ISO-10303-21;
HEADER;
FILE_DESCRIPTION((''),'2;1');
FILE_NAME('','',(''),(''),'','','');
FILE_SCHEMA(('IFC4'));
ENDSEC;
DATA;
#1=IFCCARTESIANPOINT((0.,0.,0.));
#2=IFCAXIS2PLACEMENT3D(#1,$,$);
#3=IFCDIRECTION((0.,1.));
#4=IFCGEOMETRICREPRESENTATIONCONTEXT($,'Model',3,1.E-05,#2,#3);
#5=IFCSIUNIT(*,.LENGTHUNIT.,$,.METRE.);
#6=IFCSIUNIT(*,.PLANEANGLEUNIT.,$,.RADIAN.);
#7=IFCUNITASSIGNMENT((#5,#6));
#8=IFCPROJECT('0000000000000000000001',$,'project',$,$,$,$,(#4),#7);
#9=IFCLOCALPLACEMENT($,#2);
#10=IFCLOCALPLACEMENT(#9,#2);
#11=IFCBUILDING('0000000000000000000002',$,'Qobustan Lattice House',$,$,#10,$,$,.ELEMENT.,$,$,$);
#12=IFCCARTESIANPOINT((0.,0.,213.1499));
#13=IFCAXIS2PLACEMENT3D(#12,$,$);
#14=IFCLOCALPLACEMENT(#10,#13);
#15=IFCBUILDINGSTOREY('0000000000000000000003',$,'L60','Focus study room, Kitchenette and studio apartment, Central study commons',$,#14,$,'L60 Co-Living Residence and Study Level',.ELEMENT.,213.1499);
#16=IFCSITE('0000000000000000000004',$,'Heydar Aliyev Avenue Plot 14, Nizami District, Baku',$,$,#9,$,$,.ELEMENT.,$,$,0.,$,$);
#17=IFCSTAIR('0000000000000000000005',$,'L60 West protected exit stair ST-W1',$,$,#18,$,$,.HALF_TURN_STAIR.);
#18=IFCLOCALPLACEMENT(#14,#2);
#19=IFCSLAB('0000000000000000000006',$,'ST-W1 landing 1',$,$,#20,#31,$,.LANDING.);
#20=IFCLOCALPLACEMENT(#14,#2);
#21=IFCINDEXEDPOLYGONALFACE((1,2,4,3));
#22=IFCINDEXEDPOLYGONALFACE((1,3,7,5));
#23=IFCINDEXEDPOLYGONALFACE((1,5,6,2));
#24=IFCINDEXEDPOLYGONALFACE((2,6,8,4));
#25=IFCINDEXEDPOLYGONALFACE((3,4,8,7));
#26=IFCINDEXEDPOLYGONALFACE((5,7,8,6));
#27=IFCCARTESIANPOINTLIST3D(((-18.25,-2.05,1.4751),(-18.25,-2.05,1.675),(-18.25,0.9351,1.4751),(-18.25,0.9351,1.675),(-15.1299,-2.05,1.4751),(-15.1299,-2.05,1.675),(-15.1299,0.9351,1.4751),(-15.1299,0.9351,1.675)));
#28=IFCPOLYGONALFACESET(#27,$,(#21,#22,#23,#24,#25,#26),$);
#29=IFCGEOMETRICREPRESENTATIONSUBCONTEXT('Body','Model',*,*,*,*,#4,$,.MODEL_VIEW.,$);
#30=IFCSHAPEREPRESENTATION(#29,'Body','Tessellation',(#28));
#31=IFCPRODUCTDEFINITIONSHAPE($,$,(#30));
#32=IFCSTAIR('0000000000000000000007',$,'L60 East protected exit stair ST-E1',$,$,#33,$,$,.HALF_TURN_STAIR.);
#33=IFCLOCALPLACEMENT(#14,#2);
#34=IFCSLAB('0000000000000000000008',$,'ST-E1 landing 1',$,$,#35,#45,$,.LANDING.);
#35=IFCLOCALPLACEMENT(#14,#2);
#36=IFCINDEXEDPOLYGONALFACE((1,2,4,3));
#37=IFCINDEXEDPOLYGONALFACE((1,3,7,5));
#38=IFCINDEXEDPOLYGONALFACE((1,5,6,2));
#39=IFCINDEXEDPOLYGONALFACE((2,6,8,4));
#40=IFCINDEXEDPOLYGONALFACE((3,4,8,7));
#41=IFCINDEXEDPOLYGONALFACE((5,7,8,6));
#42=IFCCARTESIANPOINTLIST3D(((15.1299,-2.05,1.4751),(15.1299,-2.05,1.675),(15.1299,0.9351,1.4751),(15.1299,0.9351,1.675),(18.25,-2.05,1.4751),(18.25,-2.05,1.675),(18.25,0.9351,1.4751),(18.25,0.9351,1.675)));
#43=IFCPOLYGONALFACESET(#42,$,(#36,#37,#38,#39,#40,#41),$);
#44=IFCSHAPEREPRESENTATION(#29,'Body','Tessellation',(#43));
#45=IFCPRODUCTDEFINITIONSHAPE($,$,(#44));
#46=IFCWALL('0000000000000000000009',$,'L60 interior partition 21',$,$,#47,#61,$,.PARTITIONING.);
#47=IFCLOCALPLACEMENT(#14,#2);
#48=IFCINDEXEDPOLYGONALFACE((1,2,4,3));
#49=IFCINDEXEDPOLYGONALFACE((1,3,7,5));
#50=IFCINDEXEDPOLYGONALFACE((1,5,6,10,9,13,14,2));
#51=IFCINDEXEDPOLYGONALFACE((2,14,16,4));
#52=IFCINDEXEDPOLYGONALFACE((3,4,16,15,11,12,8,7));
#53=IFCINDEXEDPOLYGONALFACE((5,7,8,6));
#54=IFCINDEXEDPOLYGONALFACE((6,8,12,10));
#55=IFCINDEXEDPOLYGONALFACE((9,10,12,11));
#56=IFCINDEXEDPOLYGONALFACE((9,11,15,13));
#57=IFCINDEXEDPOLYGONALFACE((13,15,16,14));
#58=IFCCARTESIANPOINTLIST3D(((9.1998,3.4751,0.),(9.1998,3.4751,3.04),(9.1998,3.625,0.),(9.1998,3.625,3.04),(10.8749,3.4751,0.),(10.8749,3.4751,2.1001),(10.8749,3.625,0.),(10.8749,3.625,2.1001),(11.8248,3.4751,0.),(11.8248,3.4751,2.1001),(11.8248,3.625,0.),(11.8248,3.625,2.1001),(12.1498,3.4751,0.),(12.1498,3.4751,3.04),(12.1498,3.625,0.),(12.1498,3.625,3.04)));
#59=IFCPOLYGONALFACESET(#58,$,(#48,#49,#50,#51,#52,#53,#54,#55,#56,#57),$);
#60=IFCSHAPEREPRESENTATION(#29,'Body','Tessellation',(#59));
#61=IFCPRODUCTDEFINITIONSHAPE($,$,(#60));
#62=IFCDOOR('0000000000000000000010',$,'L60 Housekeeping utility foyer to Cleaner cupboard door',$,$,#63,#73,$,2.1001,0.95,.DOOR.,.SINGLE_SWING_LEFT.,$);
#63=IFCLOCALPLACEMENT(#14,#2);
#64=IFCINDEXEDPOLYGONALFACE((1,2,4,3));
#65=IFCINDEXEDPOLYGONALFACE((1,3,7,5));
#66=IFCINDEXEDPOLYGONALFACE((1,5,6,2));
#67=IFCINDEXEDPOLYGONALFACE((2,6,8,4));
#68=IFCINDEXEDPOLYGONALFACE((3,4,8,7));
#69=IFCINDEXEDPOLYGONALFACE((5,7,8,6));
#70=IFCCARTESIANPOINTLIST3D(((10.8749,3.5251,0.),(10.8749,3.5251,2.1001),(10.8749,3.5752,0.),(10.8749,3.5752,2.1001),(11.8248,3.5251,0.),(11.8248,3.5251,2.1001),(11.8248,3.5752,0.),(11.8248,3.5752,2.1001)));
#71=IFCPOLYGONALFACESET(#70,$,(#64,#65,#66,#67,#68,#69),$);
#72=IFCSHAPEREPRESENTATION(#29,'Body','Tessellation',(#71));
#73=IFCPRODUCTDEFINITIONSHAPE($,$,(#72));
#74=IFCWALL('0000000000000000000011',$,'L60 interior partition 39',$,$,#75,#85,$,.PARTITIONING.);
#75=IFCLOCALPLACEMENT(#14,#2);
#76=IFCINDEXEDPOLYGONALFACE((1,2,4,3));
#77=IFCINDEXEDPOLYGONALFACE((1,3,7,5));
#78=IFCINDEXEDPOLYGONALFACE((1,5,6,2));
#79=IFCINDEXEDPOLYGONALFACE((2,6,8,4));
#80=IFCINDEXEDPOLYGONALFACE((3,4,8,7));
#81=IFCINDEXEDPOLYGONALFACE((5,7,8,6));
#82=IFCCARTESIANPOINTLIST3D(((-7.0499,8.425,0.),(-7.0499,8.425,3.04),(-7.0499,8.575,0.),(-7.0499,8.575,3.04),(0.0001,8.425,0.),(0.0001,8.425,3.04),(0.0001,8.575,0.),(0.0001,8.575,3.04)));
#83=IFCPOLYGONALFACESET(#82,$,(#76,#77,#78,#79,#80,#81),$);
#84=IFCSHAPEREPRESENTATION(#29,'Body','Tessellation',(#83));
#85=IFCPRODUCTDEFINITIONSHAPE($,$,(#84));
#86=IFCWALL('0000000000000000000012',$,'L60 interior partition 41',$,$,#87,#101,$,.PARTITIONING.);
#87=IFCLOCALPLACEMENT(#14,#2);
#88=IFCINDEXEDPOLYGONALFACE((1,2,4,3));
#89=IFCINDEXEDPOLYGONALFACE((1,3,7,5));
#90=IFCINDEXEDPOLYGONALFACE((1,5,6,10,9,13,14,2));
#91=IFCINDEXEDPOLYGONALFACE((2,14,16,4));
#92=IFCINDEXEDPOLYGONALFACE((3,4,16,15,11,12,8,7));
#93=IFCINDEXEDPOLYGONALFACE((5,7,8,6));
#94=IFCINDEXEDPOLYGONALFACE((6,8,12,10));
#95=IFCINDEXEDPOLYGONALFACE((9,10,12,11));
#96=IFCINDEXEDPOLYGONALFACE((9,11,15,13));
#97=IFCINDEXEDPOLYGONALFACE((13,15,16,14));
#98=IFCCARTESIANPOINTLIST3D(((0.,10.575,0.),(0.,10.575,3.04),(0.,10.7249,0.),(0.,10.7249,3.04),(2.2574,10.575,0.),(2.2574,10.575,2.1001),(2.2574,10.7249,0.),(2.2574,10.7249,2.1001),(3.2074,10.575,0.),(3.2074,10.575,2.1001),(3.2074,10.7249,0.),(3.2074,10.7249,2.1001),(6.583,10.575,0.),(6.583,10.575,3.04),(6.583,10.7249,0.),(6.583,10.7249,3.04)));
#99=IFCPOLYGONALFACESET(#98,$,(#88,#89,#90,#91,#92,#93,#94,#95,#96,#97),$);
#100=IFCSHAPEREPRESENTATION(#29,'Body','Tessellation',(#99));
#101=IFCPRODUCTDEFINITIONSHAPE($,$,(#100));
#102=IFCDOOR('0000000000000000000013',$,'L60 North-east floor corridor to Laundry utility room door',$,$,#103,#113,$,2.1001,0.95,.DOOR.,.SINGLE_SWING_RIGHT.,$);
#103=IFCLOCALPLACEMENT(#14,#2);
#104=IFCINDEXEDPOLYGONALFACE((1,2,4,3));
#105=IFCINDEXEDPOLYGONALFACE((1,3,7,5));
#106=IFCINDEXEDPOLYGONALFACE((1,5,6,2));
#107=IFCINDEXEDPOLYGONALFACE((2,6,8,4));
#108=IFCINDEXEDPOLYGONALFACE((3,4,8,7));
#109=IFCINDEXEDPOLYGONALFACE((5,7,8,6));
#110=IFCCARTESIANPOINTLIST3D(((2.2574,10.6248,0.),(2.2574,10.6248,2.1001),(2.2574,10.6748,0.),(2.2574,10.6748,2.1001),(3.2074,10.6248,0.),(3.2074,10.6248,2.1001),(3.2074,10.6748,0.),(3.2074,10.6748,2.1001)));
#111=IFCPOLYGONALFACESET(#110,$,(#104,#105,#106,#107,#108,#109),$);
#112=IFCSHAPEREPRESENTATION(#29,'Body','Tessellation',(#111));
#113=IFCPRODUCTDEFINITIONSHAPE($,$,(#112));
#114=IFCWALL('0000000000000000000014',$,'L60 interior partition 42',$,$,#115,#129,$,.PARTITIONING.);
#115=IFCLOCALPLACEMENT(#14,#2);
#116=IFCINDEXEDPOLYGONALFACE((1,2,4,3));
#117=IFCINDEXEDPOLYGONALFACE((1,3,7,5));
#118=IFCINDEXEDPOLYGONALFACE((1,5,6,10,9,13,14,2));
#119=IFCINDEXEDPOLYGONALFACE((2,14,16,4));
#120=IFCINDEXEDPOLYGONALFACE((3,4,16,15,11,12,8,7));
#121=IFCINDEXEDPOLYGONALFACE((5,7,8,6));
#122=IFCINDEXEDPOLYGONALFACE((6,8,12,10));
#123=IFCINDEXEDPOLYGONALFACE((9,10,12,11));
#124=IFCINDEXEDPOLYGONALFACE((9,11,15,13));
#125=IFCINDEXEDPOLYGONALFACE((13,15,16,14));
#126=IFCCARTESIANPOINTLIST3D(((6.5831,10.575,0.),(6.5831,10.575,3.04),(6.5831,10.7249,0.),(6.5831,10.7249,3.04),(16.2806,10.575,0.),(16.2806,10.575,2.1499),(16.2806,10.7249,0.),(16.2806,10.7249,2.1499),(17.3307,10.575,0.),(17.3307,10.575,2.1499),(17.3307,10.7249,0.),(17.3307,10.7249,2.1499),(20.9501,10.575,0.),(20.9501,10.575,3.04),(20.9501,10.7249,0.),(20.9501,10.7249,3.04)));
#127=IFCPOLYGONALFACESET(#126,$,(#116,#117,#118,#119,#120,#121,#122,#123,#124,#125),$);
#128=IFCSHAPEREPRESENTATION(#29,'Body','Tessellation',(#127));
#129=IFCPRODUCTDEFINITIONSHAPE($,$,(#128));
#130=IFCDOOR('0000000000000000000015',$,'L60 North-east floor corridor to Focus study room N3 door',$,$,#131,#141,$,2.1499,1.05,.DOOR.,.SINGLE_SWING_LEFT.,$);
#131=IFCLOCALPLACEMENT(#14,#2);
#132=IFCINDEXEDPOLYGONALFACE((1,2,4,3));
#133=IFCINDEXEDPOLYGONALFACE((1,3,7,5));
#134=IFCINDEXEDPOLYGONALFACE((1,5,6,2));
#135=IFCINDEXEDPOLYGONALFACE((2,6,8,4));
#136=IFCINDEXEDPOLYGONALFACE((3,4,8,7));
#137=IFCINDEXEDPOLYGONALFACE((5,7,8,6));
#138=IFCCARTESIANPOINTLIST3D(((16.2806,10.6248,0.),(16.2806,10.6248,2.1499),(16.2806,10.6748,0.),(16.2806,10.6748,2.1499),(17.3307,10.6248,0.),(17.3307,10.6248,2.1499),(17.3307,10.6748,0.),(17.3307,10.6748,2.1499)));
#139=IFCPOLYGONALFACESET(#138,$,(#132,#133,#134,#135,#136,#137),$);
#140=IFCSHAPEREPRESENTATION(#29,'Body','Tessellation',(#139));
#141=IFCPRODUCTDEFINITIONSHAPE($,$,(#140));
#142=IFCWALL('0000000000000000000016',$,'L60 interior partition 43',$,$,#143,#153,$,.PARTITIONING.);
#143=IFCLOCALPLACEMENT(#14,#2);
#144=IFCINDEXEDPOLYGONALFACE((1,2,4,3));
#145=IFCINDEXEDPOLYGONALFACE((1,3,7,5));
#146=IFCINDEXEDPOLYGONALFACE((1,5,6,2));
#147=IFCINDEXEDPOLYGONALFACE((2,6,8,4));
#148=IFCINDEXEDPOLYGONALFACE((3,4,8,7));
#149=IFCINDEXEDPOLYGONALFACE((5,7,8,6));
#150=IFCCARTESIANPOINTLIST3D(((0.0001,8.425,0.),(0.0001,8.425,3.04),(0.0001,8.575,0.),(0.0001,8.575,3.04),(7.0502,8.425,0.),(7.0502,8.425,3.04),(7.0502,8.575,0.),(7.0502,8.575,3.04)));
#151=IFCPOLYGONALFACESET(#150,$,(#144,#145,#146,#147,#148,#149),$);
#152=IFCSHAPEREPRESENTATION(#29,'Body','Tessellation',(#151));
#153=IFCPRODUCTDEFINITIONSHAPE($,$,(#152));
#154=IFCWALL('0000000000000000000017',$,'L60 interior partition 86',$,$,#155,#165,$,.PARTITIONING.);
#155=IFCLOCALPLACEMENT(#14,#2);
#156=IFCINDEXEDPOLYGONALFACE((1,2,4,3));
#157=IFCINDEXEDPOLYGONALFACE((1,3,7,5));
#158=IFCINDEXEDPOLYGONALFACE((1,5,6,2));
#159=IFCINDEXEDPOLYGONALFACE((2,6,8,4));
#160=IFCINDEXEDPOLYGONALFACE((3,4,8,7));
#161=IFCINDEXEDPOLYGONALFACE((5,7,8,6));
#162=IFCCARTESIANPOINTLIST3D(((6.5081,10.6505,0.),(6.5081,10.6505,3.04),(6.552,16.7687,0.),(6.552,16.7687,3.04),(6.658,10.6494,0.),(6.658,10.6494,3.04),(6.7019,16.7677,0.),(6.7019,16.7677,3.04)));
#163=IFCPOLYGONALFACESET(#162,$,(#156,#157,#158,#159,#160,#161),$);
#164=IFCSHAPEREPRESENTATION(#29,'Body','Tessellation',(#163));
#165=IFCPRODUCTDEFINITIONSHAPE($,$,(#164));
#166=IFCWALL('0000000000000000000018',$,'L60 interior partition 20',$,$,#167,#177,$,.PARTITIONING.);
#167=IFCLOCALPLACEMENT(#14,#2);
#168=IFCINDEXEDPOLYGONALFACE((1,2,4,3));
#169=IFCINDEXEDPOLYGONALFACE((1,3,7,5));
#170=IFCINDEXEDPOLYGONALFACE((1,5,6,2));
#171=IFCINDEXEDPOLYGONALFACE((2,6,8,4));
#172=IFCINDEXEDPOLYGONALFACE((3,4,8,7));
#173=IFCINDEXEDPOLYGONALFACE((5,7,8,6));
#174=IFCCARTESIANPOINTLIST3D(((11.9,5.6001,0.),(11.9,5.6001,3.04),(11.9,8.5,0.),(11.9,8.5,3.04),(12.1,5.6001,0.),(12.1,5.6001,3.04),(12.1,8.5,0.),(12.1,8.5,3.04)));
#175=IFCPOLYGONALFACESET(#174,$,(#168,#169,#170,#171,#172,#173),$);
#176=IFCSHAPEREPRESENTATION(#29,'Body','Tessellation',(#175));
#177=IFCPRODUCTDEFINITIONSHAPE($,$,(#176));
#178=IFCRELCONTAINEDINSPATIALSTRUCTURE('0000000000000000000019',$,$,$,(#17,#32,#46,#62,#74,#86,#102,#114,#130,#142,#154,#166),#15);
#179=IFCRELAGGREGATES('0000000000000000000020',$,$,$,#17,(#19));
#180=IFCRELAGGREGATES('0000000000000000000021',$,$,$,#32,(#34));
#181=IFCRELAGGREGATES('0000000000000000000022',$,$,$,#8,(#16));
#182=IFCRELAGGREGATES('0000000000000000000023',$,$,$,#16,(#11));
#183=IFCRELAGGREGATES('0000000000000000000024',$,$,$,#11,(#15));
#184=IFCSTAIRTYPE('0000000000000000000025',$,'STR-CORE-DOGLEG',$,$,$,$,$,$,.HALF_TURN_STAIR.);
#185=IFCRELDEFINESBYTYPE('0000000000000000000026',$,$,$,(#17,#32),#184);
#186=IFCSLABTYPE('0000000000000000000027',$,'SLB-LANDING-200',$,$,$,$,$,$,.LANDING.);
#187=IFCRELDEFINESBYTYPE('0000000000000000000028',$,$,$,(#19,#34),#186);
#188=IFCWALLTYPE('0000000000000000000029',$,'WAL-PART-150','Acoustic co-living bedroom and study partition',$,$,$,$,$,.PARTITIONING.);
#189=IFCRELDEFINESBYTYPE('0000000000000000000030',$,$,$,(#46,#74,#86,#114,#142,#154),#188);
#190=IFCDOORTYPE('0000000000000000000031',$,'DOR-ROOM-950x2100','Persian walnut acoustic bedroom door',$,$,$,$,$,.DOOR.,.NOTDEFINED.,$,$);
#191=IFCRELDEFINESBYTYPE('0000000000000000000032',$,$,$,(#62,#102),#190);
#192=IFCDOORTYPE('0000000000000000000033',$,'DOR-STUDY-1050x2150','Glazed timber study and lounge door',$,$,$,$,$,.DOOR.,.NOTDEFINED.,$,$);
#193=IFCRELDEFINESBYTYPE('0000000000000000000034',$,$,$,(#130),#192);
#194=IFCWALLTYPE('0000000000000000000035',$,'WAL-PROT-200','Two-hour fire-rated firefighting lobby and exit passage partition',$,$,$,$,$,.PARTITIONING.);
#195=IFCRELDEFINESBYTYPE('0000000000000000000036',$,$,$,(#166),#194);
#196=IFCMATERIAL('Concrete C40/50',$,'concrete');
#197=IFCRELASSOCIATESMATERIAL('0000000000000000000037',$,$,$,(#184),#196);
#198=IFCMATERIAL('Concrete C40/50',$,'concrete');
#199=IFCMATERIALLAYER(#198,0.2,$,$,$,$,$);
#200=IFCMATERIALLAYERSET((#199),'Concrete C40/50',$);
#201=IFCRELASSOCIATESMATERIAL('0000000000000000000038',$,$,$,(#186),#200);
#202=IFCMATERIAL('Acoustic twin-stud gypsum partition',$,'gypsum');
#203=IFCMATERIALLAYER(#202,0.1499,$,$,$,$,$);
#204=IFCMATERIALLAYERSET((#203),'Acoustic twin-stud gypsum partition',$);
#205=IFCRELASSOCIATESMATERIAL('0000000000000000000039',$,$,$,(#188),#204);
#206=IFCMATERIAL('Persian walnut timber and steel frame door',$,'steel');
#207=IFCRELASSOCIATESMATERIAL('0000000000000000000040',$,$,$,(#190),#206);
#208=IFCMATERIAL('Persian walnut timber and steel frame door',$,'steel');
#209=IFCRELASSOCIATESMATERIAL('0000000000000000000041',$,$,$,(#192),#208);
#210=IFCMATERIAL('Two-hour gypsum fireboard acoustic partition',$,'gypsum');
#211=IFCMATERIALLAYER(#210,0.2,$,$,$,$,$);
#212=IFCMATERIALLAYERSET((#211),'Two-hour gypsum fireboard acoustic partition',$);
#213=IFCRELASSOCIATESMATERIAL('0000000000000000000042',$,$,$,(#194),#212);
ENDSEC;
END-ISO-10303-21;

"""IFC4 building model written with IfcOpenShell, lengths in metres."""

from ifc_helpers import new_model, si_unit, direction, frame, frame_2d, origin, place, context, subcontext, project, spatial, polyline, rectangle, outline, extrude, material, layer, layer_set, type_object, element, fill, aggregate, save


model = new_model("IFC4")

# Units and contexts
model_context = context("Model", 3, precision=1e-05, world=origin(), true_north=direction((0.0, 1.0)))
body_context = subcontext(model_context, "Body", "Model", "MODEL_VIEW")
ifc_project = project(units=[si_unit("LENGTHUNIT", "METRE"), si_unit("PLANEANGLEUNIT", "RADIAN")], contexts=[model_context])

# Site, building, storey
site_placement = place(None, origin())
site = spatial("IfcSite", under=ifc_project, at=site_placement, Name="Heydar Aliyev Avenue Plot 14, Nizami District, Baku", CompositionType="ELEMENT", RefElevation=0.0)
building_placement = place(site_placement, origin())
building = spatial("IfcBuilding", under=site, at=building_placement, Name="Qobustan Lattice House", CompositionType="ELEMENT")
storey_placement = place(building_placement, frame((0.0, 0.0, 213.1499)))
storey = spatial("IfcBuildingStorey", under=building, at=storey_placement, Name="L60", Description="Focus study room, Kitchenette and studio apartment, Central study commons", LongName="L60 Co-Living Residence and Study Level", CompositionType="ELEMENT", Elevation=213.1499)

# Stairs, slabs
ifc_material_1 = material(Name="Concrete C40/50", Category="concrete")
stair_type = type_object("IfcStairType", Name="STR-CORE-DOGLEG", PredefinedType="HALF_TURN_STAIR", material=ifc_material_1)
stair_1_placement = place(storey_placement, origin())
stair_1 = element("IfcStair", 1, at=stair_1_placement, inside=storey, type_object=stair_type, Name="L60 West protected exit stair ST-W1", PredefinedType="HALF_TURN_STAIR")
ifc_material_2 = material(Name="Concrete C40/50", Category="concrete")
ifc_layer_1 = layer(ifc_material_2, 0.2)
ifc_layer_set_1 = layer_set([ifc_layer_1], Name="Concrete C40/50")
slab_type_1 = type_object("IfcSlabType", Name="SLB-LANDING-200", PredefinedType="LANDING", material=ifc_layer_set_1)
slab_1_placement = place(storey_placement, frame((0.0, 0.0, 1.4751)))
slab_1 = element("IfcSlab", 2, at=slab_1_placement, type_object=slab_type_1, Name="ST-W1 landing 1", PredefinedType="LANDING", context=body_context, shape_type="SweptSolid", body=[
    extrude(outline(polyline([(-18.25, 0.9351), (-18.25, -2.05), (-15.1299, -2.05), (-15.1299, 0.9351), (-18.25, 0.9351)])), origin(), (0.0, 0.0, 1.0), 0.2),
])
aggregate(stair_1, [slab_1])
stair_2_placement = place(storey_placement, origin())
stair_2 = element("IfcStair", 3, at=stair_2_placement, inside=storey, type_object=stair_type, Name="L60 East protected exit stair ST-E1", PredefinedType="HALF_TURN_STAIR")
slab_2_placement = place(storey_placement, frame((0.0, 0.0, 1.4751)))
slab_2 = element("IfcSlab", 4, at=slab_2_placement, type_object=slab_type_1, Name="ST-E1 landing 1", PredefinedType="LANDING", context=body_context, shape_type="SweptSolid", body=[
    extrude(outline(polyline([(15.1299, 0.9351), (15.1299, -2.05), (18.25, -2.05), (18.25, 0.9351), (15.1299, 0.9351)])), origin(), (0.0, 0.0, 1.0), 0.2),
])
aggregate(stair_2, [slab_2])

# Wall, opening, door
ifc_material_3 = material(Name="Acoustic twin-stud gypsum partition", Category="gypsum")
ifc_layer_2 = layer(ifc_material_3, 0.1499)
ifc_layer_set_2 = layer_set([ifc_layer_2], Name="Acoustic twin-stud gypsum partition")
wall_type_1 = type_object("IfcWallType", Name="WAL-PART-150", Description="Acoustic co-living bedroom and study partition", PredefinedType="PARTITIONING", material=ifc_layer_set_2)
wall_1_placement = place(storey_placement, frame((12.1499, 3.55, 0.0), z_axis=(0.0, 0.0, 1.0), x_axis=(-1.0, 0.0, 0.0)))
wall_1 = element("IfcWall", 5, at=wall_1_placement, inside=storey, type_object=wall_type_1, Name="L60 interior partition 21", PredefinedType="PARTITIONING", context=body_context, shape_type="SweptSolid", body=[
    extrude(rectangle(XDim=2.95, YDim=0.1499, at=frame_2d((1.4751, 0.0))), origin(), (0.0, 0.0, 1.0), 3.04),
])
opening_1_placement = place(wall_1_placement, frame((0.325, 0.0, 0.0)))
opening_1 = element("IfcOpeningElement", 6, at=opening_1_placement, cuts=wall_1, PredefinedType="OPENING", context=body_context, shape_type="SweptSolid", body=[
    extrude(rectangle(XDim=0.95, YDim=2.1001, at=frame_2d((0.4751, 1.05))), frame((0.0, 0.085, 0.0), z_axis=(0.0, -1.0, 0.0), x_axis=(1.0, 0.0, 0.0)), (0.0, 0.0, 1.0), 0.1699),
])
ifc_material_4 = material(Name="Persian walnut timber and steel frame door", Category="steel")
door_type_1 = type_object("IfcDoorType", Name="DOR-ROOM-950x2100", Description="Persian walnut acoustic bedroom door", OperationType="NOTDEFINED", PredefinedType="DOOR", material=ifc_material_4)
door_1_placement = place(opening_1_placement, origin())
door_1 = element("IfcDoor", 7, at=door_1_placement, inside=storey, type_object=door_type_1, Name="L60 Housekeeping utility foyer to Cleaner cupboard door", OperationType="SINGLE_SWING_LEFT", OverallHeight=2.1001, OverallWidth=0.95, PredefinedType="DOOR", context=body_context, shape_type="SweptSolid", body=[
    extrude(rectangle(XDim=0.95, YDim=2.1001, at=frame_2d((0.4751, 1.05))), frame((0.0, 0.0249, 0.0), z_axis=(0.0, -1.0, 0.0), x_axis=(1.0, 0.0, 0.0)), (0.0, 0.0, 1.0), 0.05),
])
fill(opening_1, door_1)

# Wall
wall_2_placement = place(storey_placement, frame((0.0, 8.5, 0.0), z_axis=(0.0, 0.0, 1.0), x_axis=(-1.0, 0.0, 0.0)))
element("IfcWall", 8, at=wall_2_placement, inside=storey, type_object=wall_type_1, Name="L60 interior partition 39", PredefinedType="PARTITIONING", context=body_context, shape_type="SweptSolid", body=[
    extrude(rectangle(XDim=7.05, YDim=0.1499, at=frame_2d((3.5249, 0.0))), origin(), (0.0, 0.0, 1.0), 3.04),
])

# Walls, openings, doors
wall_3_placement = place(storey_placement, frame((0.0, 10.6499, 0.0), z_axis=(0.0, 0.0, 1.0), x_axis=(1.0, 0.0, 0.0)))
wall_3 = element("IfcWall", 9, at=wall_3_placement, inside=storey, type_object=wall_type_1, Name="L60 interior partition 41", PredefinedType="PARTITIONING", context=body_context, shape_type="SweptSolid", body=[
    extrude(rectangle(XDim=6.583, YDim=0.1499, at=frame_2d((3.2915, 0.0))), origin(), (0.0, 0.0, 1.0), 3.04),
])
opening_2_placement = place(wall_3_placement, frame((2.2573, 0.0, 0.0)))
opening_2 = element("IfcOpeningElement", 10, at=opening_2_placement, cuts=wall_3, PredefinedType="OPENING", context=body_context, shape_type="SweptSolid", body=[
    extrude(rectangle(XDim=0.95, YDim=2.1001, at=frame_2d((0.4751, 1.05))), frame((0.0, 0.085, 0.0), z_axis=(0.0, -1.0, 0.0), x_axis=(1.0, 0.0, 0.0)), (0.0, 0.0, 1.0), 0.1699),
])
door_2_placement = place(opening_2_placement, origin())
door_2 = element("IfcDoor", 11, at=door_2_placement, inside=storey, type_object=door_type_1, Name="L60 North-east floor corridor to Laundry utility room door", OperationType="SINGLE_SWING_RIGHT", OverallHeight=2.1001, OverallWidth=0.95, PredefinedType="DOOR", context=body_context, shape_type="SweptSolid", body=[
    extrude(rectangle(XDim=0.95, YDim=2.1001, at=frame_2d((0.4751, 1.05))), frame((0.0, 0.0249, 0.0), z_axis=(0.0, -1.0, 0.0), x_axis=(1.0, 0.0, 0.0)), (0.0, 0.0, 1.0), 0.05),
])
fill(opening_2, door_2)
wall_4_placement = place(storey_placement, frame((6.583, 10.6499, 0.0), z_axis=(0.0, 0.0, 1.0), x_axis=(1.0, 0.0, 0.0)))
wall_4 = element("IfcWall", 12, at=wall_4_placement, inside=storey, type_object=wall_type_1, Name="L60 interior partition 42", PredefinedType="PARTITIONING", context=body_context, shape_type="SweptSolid", body=[
    extrude(rectangle(XDim=14.3669, YDim=0.1499, at=frame_2d((7.1836, 0.0))), origin(), (0.0, 0.0, 1.0), 3.04),
])
opening_3_placement = place(wall_4_placement, frame((9.6978, 0.0, 0.0)))
opening_3 = element("IfcOpeningElement", 13, at=opening_3_placement, cuts=wall_4, PredefinedType="OPENING", context=body_context, shape_type="SweptSolid", body=[
    extrude(rectangle(XDim=1.05, YDim=2.1499, at=frame_2d((0.5249, 1.075))), frame((0.0, 0.085, 0.0), z_axis=(0.0, -1.0, 0.0), x_axis=(1.0, 0.0, 0.0)), (0.0, 0.0, 1.0), 0.1699),
])
ifc_material_5 = material(Name="Persian walnut timber and steel frame door", Category="steel")
door_type_2 = type_object("IfcDoorType", Name="DOR-STUDY-1050x2150", Description="Glazed timber study and lounge door", OperationType="NOTDEFINED", PredefinedType="DOOR", material=ifc_material_5)
door_3_placement = place(opening_3_placement, origin())
door_3 = element("IfcDoor", 14, at=door_3_placement, inside=storey, type_object=door_type_2, Name="L60 North-east floor corridor to Focus study room N3 door", OperationType="SINGLE_SWING_LEFT", OverallHeight=2.1499, OverallWidth=1.05, PredefinedType="DOOR", context=body_context, shape_type="SweptSolid", body=[
    extrude(rectangle(XDim=1.05, YDim=2.1499, at=frame_2d((0.5249, 1.075))), frame((0.0, 0.0249, 0.0), z_axis=(0.0, -1.0, 0.0), x_axis=(1.0, 0.0, 0.0)), (0.0, 0.0, 1.0), 0.05),
])
fill(opening_3, door_3)

# Walls
wall_5_placement = place(storey_placement, frame((7.05, 8.5, 0.0), z_axis=(0.0, 0.0, 1.0), x_axis=(-1.0, 0.0, 0.0)))
element("IfcWall", 15, at=wall_5_placement, inside=storey, type_object=wall_type_1, Name="L60 interior partition 43", PredefinedType="PARTITIONING", context=body_context, shape_type="SweptSolid", body=[
    extrude(rectangle(XDim=7.05, YDim=0.1499, at=frame_2d((3.5249, 0.0))), origin(), (0.0, 0.0, 1.0), 3.04),
])
wall_6_placement = place(storey_placement, frame((6.627, 16.7681, 0.0), z_axis=(0.0, 0.0, 1.0), x_axis=(-0.007183, -0.999974, 0.0)))
element("IfcWall", 16, at=wall_6_placement, inside=storey, type_object=wall_type_1, Name="L60 interior partition 86", PredefinedType="PARTITIONING", context=body_context, shape_type="SweptSolid", body=[
    extrude(rectangle(XDim=6.1184, YDim=0.1499, at=frame_2d((3.0591, 0.0))), origin(), (0.0, 0.0, 1.0), 3.04),
])
ifc_material_6 = material(Name="Two-hour gypsum fireboard acoustic partition", Category="gypsum")
ifc_layer_3 = layer(ifc_material_6, 0.2)
ifc_layer_set_3 = layer_set([ifc_layer_3], Name="Two-hour gypsum fireboard acoustic partition")
wall_type_2 = type_object("IfcWallType", Name="WAL-PROT-200", Description="Two-hour fire-rated firefighting lobby and exit passage partition", PredefinedType="PARTITIONING", material=ifc_layer_set_3)
wall_7_placement = place(storey_placement, frame((12.0, 8.5, 0.0), z_axis=(0.0, 0.0, 1.0), x_axis=(0.0, -1.0, 0.0)))
element("IfcWall", 17, at=wall_7_placement, inside=storey, type_object=wall_type_2, Name="L60 interior partition 20", PredefinedType="PARTITIONING", context=body_context, shape_type="SweptSolid", body=[
    extrude(rectangle(XDim=2.8999, YDim=0.2, at=frame_2d((1.45, 0.0))), origin(), (0.0, 0.0, 1.0), 3.04),
])

save(model, "model.ifc")
